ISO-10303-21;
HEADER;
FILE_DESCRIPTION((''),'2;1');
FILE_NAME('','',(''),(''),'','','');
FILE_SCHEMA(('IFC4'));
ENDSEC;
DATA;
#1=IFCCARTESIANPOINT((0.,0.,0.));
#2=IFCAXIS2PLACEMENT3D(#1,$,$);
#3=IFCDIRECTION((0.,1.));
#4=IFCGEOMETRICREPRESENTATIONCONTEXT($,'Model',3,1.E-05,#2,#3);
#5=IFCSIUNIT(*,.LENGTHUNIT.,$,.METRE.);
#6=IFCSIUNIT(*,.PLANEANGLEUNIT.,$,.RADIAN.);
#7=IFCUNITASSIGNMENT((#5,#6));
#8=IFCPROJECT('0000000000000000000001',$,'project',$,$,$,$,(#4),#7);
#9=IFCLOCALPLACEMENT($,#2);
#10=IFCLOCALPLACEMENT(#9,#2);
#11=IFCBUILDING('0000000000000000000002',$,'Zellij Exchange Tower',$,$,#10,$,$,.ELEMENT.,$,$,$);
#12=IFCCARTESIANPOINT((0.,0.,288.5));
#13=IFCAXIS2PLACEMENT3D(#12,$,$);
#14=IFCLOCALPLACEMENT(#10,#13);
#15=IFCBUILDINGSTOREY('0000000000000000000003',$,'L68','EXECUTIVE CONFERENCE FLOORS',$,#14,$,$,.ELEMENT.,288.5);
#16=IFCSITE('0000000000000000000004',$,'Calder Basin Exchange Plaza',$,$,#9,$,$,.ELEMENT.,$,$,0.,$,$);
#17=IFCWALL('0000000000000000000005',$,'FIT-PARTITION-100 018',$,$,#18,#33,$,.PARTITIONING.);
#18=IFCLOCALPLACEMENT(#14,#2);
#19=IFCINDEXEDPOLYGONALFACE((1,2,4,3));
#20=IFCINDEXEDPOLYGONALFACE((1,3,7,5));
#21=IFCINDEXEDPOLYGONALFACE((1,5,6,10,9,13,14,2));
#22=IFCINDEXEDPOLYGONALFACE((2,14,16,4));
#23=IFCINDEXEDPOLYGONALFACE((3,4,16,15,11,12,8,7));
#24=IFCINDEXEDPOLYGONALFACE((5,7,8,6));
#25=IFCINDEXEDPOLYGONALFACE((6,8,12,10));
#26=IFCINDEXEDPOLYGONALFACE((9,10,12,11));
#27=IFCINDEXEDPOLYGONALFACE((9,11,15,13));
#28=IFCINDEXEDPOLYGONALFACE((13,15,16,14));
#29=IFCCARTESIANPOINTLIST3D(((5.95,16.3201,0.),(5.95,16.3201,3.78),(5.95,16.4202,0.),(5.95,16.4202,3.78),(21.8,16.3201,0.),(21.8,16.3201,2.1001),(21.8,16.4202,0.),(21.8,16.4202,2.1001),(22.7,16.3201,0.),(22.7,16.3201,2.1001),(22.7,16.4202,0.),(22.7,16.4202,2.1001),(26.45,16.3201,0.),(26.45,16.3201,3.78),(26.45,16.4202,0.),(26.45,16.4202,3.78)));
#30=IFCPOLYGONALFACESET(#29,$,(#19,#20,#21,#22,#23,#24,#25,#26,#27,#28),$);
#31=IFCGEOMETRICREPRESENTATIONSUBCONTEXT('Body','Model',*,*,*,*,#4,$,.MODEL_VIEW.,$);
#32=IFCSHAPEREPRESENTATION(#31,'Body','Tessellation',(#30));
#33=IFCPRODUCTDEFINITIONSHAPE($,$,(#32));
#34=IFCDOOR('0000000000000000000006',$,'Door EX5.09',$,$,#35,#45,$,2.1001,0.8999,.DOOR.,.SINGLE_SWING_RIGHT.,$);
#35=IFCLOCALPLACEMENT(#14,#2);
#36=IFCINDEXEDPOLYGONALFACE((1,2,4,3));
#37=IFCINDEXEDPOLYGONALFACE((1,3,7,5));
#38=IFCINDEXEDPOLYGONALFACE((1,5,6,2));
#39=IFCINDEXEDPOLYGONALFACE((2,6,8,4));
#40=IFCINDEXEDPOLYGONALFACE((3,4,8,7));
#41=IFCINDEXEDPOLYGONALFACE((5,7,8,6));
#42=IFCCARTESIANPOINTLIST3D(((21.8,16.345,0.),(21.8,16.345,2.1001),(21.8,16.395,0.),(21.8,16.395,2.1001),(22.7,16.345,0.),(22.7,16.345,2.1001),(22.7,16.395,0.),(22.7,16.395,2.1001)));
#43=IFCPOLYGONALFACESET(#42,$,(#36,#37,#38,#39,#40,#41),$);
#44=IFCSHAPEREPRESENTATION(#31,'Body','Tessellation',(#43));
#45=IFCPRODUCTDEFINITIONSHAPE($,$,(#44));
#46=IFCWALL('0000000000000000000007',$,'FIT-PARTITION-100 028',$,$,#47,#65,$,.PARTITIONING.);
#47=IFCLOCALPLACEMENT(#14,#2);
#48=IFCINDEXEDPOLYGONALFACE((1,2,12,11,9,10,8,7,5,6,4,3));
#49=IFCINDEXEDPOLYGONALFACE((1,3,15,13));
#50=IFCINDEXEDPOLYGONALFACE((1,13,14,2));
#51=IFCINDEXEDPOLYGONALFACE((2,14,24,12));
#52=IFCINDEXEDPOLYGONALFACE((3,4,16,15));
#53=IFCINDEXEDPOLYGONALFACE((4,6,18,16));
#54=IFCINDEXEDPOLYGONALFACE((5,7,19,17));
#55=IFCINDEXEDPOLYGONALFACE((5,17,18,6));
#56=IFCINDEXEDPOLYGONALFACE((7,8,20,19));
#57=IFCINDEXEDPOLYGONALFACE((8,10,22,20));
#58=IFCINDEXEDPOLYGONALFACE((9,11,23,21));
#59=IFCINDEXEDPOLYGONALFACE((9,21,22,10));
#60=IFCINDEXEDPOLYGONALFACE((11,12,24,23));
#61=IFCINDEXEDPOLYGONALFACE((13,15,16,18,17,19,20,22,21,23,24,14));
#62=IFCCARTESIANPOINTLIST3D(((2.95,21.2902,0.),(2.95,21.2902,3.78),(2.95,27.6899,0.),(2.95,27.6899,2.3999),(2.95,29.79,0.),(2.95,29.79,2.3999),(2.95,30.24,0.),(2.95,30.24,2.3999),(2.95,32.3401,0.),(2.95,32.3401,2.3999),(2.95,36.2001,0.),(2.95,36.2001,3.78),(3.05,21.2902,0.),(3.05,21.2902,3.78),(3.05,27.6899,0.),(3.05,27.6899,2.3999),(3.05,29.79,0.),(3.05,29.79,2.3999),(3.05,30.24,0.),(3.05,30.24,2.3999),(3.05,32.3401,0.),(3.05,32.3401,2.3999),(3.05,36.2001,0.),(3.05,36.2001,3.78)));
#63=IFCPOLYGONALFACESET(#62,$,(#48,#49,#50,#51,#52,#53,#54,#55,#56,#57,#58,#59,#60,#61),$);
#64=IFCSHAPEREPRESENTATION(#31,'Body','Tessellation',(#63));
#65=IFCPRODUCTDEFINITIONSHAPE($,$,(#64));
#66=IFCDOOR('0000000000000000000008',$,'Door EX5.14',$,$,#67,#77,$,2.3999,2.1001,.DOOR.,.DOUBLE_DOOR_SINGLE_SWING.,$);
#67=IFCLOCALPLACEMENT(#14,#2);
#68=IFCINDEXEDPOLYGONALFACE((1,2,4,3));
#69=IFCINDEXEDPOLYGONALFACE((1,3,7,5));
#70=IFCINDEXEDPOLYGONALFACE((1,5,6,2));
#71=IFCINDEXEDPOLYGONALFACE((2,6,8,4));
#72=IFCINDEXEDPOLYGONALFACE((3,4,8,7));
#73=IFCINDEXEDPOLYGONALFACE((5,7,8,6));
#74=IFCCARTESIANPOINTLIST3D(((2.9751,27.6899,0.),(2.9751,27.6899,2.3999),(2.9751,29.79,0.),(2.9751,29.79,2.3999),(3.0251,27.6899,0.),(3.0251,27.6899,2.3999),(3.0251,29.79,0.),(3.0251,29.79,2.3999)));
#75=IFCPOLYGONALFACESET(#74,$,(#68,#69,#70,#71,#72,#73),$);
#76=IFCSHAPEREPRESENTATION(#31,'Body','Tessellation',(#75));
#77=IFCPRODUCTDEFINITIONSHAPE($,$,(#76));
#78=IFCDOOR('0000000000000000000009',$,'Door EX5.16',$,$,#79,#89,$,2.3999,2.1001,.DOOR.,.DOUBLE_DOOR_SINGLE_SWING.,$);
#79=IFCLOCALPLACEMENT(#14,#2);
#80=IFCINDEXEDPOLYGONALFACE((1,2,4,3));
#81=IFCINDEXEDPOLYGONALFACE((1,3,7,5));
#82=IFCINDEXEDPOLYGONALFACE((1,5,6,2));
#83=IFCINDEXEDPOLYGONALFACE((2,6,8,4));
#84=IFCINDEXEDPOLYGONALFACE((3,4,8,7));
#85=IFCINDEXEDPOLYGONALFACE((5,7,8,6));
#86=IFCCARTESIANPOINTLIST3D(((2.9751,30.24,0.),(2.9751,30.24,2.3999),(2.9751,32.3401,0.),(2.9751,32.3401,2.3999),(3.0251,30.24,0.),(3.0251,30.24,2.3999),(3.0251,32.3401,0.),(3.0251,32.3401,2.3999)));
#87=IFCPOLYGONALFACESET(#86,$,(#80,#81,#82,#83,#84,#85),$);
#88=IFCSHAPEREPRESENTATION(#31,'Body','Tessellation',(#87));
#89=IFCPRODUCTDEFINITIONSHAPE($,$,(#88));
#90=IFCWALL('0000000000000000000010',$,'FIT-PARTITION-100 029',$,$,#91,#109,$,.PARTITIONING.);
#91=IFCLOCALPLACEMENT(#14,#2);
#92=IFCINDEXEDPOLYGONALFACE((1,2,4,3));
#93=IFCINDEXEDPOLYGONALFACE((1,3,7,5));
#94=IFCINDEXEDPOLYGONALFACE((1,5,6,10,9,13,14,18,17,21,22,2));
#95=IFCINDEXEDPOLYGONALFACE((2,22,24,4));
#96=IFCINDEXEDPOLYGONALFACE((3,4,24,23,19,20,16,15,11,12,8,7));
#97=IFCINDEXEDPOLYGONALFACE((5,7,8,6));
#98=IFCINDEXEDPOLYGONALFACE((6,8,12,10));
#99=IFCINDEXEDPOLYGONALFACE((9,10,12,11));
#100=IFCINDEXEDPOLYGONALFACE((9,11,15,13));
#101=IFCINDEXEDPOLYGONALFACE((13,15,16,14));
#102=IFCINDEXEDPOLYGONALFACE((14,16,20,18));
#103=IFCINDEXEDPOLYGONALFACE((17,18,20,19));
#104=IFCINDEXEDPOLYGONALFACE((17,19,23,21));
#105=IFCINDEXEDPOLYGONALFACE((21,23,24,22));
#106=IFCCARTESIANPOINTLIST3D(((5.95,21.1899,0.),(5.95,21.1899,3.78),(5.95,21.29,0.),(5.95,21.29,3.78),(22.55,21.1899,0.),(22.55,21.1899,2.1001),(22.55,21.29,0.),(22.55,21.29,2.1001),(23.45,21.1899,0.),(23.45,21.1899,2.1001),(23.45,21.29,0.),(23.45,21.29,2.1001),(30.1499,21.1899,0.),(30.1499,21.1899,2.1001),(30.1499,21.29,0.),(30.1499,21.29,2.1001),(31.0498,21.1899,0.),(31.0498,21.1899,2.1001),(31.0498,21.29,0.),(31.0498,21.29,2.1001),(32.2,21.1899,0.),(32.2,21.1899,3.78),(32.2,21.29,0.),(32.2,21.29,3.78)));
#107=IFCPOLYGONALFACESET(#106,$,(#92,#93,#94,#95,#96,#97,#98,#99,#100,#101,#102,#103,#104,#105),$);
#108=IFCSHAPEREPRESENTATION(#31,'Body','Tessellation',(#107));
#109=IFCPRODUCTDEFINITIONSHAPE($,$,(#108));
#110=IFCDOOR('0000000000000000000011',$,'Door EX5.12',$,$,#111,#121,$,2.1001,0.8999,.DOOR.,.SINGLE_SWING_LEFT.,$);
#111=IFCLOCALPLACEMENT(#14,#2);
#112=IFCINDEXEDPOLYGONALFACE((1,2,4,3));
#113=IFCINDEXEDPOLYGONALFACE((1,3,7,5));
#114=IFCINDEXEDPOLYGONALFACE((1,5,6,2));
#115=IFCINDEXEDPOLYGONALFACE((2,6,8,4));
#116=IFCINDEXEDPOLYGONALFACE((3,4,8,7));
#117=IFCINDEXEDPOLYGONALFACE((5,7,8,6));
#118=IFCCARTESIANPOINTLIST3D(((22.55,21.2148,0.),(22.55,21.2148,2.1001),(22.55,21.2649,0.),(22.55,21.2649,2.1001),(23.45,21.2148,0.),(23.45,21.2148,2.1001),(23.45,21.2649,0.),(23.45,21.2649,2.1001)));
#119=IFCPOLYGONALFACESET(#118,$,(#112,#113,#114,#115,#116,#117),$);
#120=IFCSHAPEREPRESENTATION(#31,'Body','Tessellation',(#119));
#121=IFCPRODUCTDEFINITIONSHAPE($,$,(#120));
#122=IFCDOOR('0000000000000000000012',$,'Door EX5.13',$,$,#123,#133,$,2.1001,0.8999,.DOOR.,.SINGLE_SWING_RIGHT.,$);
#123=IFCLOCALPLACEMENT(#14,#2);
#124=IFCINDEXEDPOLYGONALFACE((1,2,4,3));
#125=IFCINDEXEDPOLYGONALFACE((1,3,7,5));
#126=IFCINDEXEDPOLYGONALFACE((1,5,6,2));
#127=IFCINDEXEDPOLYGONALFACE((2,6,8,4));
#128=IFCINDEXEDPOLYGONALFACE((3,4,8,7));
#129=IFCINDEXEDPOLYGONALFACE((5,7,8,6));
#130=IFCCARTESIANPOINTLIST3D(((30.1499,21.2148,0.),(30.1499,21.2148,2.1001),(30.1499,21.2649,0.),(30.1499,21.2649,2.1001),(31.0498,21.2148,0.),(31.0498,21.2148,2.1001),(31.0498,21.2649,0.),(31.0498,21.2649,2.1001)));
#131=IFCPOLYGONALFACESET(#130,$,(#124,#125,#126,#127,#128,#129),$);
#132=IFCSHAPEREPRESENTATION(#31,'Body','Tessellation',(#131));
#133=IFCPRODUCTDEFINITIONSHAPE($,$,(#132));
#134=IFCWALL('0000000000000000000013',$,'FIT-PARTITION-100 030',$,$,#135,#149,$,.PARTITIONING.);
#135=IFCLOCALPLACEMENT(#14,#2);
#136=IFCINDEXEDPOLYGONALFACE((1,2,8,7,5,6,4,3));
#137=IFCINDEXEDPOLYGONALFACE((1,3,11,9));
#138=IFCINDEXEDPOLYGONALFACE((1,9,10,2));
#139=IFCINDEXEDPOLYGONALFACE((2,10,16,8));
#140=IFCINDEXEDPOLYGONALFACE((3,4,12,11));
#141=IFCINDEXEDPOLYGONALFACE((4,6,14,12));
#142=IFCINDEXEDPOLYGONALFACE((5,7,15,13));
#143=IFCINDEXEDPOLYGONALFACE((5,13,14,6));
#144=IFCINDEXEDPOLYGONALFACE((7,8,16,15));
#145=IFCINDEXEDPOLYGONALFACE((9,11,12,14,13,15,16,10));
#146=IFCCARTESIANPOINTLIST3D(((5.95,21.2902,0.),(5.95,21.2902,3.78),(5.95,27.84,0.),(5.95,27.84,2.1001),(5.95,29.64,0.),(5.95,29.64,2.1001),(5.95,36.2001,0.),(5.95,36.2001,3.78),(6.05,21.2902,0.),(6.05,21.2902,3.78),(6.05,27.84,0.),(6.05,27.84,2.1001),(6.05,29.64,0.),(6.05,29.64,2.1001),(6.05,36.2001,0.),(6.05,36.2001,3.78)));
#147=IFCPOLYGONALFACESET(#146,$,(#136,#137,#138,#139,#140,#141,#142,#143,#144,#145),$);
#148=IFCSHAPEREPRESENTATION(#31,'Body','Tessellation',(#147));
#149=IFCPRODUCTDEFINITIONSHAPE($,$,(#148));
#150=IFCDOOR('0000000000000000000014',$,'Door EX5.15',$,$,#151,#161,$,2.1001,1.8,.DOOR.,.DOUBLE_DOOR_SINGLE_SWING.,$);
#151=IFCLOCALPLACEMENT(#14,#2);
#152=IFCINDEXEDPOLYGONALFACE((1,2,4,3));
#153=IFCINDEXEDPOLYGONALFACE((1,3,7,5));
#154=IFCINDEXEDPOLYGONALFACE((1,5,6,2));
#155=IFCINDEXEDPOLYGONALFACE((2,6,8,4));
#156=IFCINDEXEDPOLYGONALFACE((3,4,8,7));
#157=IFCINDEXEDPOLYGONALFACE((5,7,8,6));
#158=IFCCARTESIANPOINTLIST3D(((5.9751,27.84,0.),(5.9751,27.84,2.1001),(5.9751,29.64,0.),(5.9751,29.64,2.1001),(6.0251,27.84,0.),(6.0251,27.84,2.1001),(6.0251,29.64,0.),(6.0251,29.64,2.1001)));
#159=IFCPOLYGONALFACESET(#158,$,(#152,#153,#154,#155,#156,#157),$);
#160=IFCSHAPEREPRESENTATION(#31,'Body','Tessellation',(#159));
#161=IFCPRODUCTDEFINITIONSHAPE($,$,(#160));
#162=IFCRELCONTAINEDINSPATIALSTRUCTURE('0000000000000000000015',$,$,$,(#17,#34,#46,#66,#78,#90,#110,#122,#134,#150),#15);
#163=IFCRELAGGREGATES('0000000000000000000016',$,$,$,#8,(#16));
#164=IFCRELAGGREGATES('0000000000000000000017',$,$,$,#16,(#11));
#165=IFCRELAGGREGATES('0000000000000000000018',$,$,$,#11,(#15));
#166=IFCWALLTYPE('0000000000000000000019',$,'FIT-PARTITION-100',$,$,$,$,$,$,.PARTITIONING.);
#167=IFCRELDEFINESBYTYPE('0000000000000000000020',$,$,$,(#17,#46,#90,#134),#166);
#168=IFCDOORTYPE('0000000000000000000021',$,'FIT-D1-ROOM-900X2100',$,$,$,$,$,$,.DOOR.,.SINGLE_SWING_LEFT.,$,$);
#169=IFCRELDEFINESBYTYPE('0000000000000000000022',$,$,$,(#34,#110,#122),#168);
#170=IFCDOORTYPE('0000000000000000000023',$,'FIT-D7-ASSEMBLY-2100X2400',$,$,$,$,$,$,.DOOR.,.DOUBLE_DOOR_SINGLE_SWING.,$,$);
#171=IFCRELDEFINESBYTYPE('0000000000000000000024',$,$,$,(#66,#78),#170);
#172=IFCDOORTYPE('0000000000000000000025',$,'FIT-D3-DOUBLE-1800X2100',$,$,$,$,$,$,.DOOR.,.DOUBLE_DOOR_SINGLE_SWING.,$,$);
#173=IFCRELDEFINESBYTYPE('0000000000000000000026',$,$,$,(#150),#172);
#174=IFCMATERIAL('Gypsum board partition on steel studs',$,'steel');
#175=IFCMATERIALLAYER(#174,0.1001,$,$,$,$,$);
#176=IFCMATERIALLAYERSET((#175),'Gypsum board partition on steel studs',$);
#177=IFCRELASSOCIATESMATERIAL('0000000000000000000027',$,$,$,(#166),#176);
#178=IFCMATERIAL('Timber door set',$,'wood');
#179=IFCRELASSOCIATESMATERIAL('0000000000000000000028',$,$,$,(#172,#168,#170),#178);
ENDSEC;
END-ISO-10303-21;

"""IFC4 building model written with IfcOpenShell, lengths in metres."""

from ifc_helpers import new_model, si_unit, direction, frame, frame_2d, origin, place, context, subcontext, project, spatial, rectangle, extrude, material, layer, layer_set, type_object, element, fill, save


model = new_model("IFC4")

# Units and contexts
model_context = context("Model", 3, precision=1e-05, world=origin(), true_north=direction((0.0, 1.0)))
body_context = subcontext(model_context, "Body", "Model", "MODEL_VIEW")
ifc_project = project(units=[si_unit("LENGTHUNIT", "METRE"), si_unit("PLANEANGLEUNIT", "RADIAN")], contexts=[model_context])

# Site, building, storey
site_placement = place(None, origin())
site = spatial("IfcSite", under=ifc_project, at=site_placement, Name="Calder Basin Exchange Plaza", CompositionType="ELEMENT", RefElevation=0.0)
building_placement = place(site_placement, origin())
building = spatial("IfcBuilding", under=site, at=building_placement, Name="Zellij Exchange Tower", CompositionType="ELEMENT")
storey_placement = place(building_placement, frame((0.0, 0.0, 288.5)))
storey = spatial("IfcBuildingStorey", under=building, at=storey_placement, Name="L68", Description="EXECUTIVE CONFERENCE FLOORS", CompositionType="ELEMENT", Elevation=288.5)

# Shared definitions
ifc_material_1 = material(Name="Gypsum board partition on steel studs", Category="steel")
ifc_layer_1 = layer(ifc_material_1, 0.1001)
ifc_layer_set_1 = layer_set([ifc_layer_1], Name="Gypsum board partition on steel studs")
wall_type = type_object("IfcWallType", Name="FIT-PARTITION-100", PredefinedType="PARTITIONING", material=ifc_layer_set_1)

# Shared definitions
ifc_material_2 = material(Name="Timber door set", Category="wood")
door_type_1 = type_object("IfcDoorType", Name="FIT-D3-DOUBLE-1800X2100", OperationType="DOUBLE_DOOR_SINGLE_SWING", PredefinedType="DOOR", material=ifc_material_2)

# Wall, opening, door
wall_1_placement = place(storey_placement, frame((5.95, 16.3701, 0.0), z_axis=(0.0, 0.0, 1.0), x_axis=(1.0, 0.0, 0.0)))
wall_1 = element("IfcWall", 1, at=wall_1_placement, inside=storey, type_object=wall_type, Name="FIT-PARTITION-100 018", PredefinedType="PARTITIONING", context=body_context, shape_type="SweptSolid", body=[
    extrude(rectangle(XDim=20.5, YDim=0.1001, at=frame_2d((10.25, 0.0))), origin(), (0.0, 0.0, 1.0), 3.78),
])
opening_1_placement = place(wall_1_placement, frame((15.8501, 0.0, 0.0)))
opening_1 = element("IfcOpeningElement", 2, at=opening_1_placement, cuts=wall_1, PredefinedType="OPENING", context=body_context, shape_type="SweptSolid", body=[
    extrude(rectangle(XDim=0.8999, YDim=2.1001, at=frame_2d((0.45, 1.05))), frame((0.0, 0.062, 0.0), z_axis=(0.0, -1.0, 0.0), x_axis=(1.0, 0.0, 0.0)), (0.0, 0.0, 1.0), 0.124),
])
door_type_2 = type_object("IfcDoorType", Name="FIT-D1-ROOM-900X2100", OperationType="SINGLE_SWING_LEFT", PredefinedType="DOOR", material=ifc_material_2)
door_1_placement = place(opening_1_placement, origin())
door_1 = element("IfcDoor", 3, at=door_1_placement, inside=storey, type_object=door_type_2, Name="Door EX5.09", OperationType="SINGLE_SWING_RIGHT", OverallHeight=2.1001, OverallWidth=0.8999, PredefinedType="DOOR", context=body_context, shape_type="SweptSolid", body=[
    extrude(rectangle(XDim=0.8999, YDim=2.1001, at=frame_2d((0.45, 1.05))), frame((0.0, 0.0249, 0.0), z_axis=(0.0, -1.0, 0.0), x_axis=(1.0, 0.0, 0.0)), (0.0, 0.0, 1.0), 0.05),
])
fill(opening_1, door_1)

# Walls, openings, doors
wall_2_placement = place(storey_placement, frame((3.0, 21.29, 0.0), z_axis=(0.0, 0.0, 1.0), x_axis=(0.0, 1.0, 0.0)))
wall_2 = element("IfcWall", 4, at=wall_2_placement, inside=storey, type_object=wall_type, Name="FIT-PARTITION-100 028", PredefinedType="PARTITIONING", context=body_context, shape_type="SweptSolid", body=[
    extrude(rectangle(XDim=14.9099, YDim=0.1001, at=frame_2d((7.4551, 0.0))), origin(), (0.0, 0.0, 1.0), 3.78),
])
opening_2_placement = place(wall_2_placement, frame((6.3999, 0.0, 0.0)))
opening_2 = element("IfcOpeningElement", 5, at=opening_2_placement, cuts=wall_2, PredefinedType="OPENING", context=body_context, shape_type="SweptSolid", body=[
    extrude(rectangle(XDim=2.1001, YDim=2.3999, at=frame_2d((1.05, 1.2))), frame((0.0, 0.062, 0.0), z_axis=(0.0, -1.0, 0.0), x_axis=(1.0, 0.0, 0.0)), (0.0, 0.0, 1.0), 0.124),
])
opening_3_placement = place(wall_2_placement, frame((8.95, 0.0, 0.0)))
opening_3 = element("IfcOpeningElement", 6, at=opening_3_placement, cuts=wall_2, PredefinedType="OPENING", context=body_context, shape_type="SweptSolid", body=[
    extrude(rectangle(XDim=2.1001, YDim=2.3999, at=frame_2d((1.05, 1.2))), frame((0.0, 0.062, 0.0), z_axis=(0.0, -1.0, 0.0), x_axis=(1.0, 0.0, 0.0)), (0.0, 0.0, 1.0), 0.124),
])
door_type_3 = type_object("IfcDoorType", Name="FIT-D7-ASSEMBLY-2100X2400", OperationType="DOUBLE_DOOR_SINGLE_SWING", PredefinedType="DOOR", material=ifc_material_2)
door_2_placement = place(opening_2_placement, origin())
door_2 = element("IfcDoor", 7, at=door_2_placement, inside=storey, type_object=door_type_3, Name="Door EX5.14", OperationType="DOUBLE_DOOR_SINGLE_SWING", OverallHeight=2.3999, OverallWidth=2.1001, PredefinedType="DOOR", context=body_context, shape_type="SweptSolid", body=[
    extrude(rectangle(XDim=2.1001, YDim=2.3999, at=frame_2d((1.05, 1.2))), frame((0.0, 0.0249, 0.0), z_axis=(0.0, -1.0, 0.0), x_axis=(1.0, 0.0, 0.0)), (0.0, 0.0, 1.0), 0.05),
])
fill(opening_2, door_2)
door_3_placement = place(opening_3_placement, origin())
door_3 = element("IfcDoor", 8, at=door_3_placement, inside=storey, type_object=door_type_3, Name="Door EX5.16", OperationType="DOUBLE_DOOR_SINGLE_SWING", OverallHeight=2.3999, OverallWidth=2.1001, PredefinedType="DOOR", context=body_context, shape_type="SweptSolid", body=[
    extrude(rectangle(XDim=2.1001, YDim=2.3999, at=frame_2d((1.05, 1.2))), frame((0.0, 0.0249, 0.0), z_axis=(0.0, -1.0, 0.0), x_axis=(1.0, 0.0, 0.0)), (0.0, 0.0, 1.0), 0.05),
])
fill(opening_3, door_3)
wall_3_placement = place(storey_placement, frame((5.95, 21.24, 0.0), z_axis=(0.0, 0.0, 1.0), x_axis=(1.0, 0.0, 0.0)))
wall_3 = element("IfcWall", 9, at=wall_3_placement, inside=storey, type_object=wall_type, Name="FIT-PARTITION-100 029", PredefinedType="PARTITIONING", context=body_context, shape_type="SweptSolid", body=[
    extrude(rectangle(XDim=26.25, YDim=0.1001, at=frame_2d((13.125, 0.0))), origin(), (0.0, 0.0, 1.0), 3.78),
])
opening_4_placement = place(wall_3_placement, frame((16.6001, 0.0, 0.0)))
opening_4 = element("IfcOpeningElement", 10, at=opening_4_placement, cuts=wall_3, PredefinedType="OPENING", context=body_context, shape_type="SweptSolid", body=[
    extrude(rectangle(XDim=0.8999, YDim=2.1001, at=frame_2d((0.45, 1.05))), frame((0.0, 0.062, 0.0), z_axis=(0.0, -1.0, 0.0), x_axis=(1.0, 0.0, 0.0)), (0.0, 0.0, 1.0), 0.124),
])
opening_5_placement = place(wall_3_placement, frame((24.2, 0.0, 0.0)))
opening_5 = element("IfcOpeningElement", 11, at=opening_5_placement, cuts=wall_3, PredefinedType="OPENING", context=body_context, shape_type="SweptSolid", body=[
    extrude(rectangle(XDim=0.8999, YDim=2.1001, at=frame_2d((0.45, 1.05))), frame((0.0, 0.062, 0.0), z_axis=(0.0, -1.0, 0.0), x_axis=(1.0, 0.0, 0.0)), (0.0, 0.0, 1.0), 0.124),
])
door_4_placement = place(opening_4_placement, origin())
door_4 = element("IfcDoor", 12, at=door_4_placement, inside=storey, type_object=door_type_2, Name="Door EX5.12", OperationType="SINGLE_SWING_LEFT", OverallHeight=2.1001, OverallWidth=0.8999, PredefinedType="DOOR", context=body_context, shape_type="SweptSolid", body=[
    extrude(rectangle(XDim=0.8999, YDim=2.1001, at=frame_2d((0.45, 1.05))), frame((0.0, 0.0249, 0.0), z_axis=(0.0, -1.0, 0.0), x_axis=(1.0, 0.0, 0.0)), (0.0, 0.0, 1.0), 0.05),
])
fill(opening_4, door_4)
door_5_placement = place(opening_5_placement, origin())
door_5 = element("IfcDoor", 13, at=door_5_placement, inside=storey, type_object=door_type_2, Name="Door EX5.13", OperationType="SINGLE_SWING_RIGHT", OverallHeight=2.1001, OverallWidth=0.8999, PredefinedType="DOOR", context=body_context, shape_type="SweptSolid", body=[
    extrude(rectangle(XDim=0.8999, YDim=2.1001, at=frame_2d((0.45, 1.05))), frame((0.0, 0.0249, 0.0), z_axis=(0.0, -1.0, 0.0), x_axis=(1.0, 0.0, 0.0)), (0.0, 0.0, 1.0), 0.05),
])
fill(opening_5, door_5)

# Wall, opening, door
wall_4_placement = place(storey_placement, frame((6.0, 21.29, 0.0), z_axis=(0.0, 0.0, 1.0), x_axis=(0.0, 1.0, 0.0)))
wall_4 = element("IfcWall", 14, at=wall_4_placement, inside=storey, type_object=wall_type, Name="FIT-PARTITION-100 030", PredefinedType="PARTITIONING", context=body_context, shape_type="SweptSolid", body=[
    extrude(rectangle(XDim=14.9099, YDim=0.1001, at=frame_2d((7.4551, 0.0))), origin(), (0.0, 0.0, 1.0), 3.78),
])
opening_6_placement = place(wall_4_placement, frame((6.55, 0.0, 0.0)))
opening_6 = element("IfcOpeningElement", 15, at=opening_6_placement, cuts=wall_4, PredefinedType="OPENING", context=body_context, shape_type="SweptSolid", body=[
    extrude(rectangle(XDim=1.8, YDim=2.1001, at=frame_2d((0.8999, 1.05))), frame((0.0, 0.062, 0.0), z_axis=(0.0, -1.0, 0.0), x_axis=(1.0, 0.0, 0.0)), (0.0, 0.0, 1.0), 0.124),
])
door_6_placement = place(opening_6_placement, origin())
door_6 = element("IfcDoor", 16, at=door_6_placement, inside=storey, type_object=door_type_1, Name="Door EX5.15", OperationType="DOUBLE_DOOR_SINGLE_SWING", OverallHeight=2.1001, OverallWidth=1.8, PredefinedType="DOOR", context=body_context, shape_type="SweptSolid", body=[
    extrude(rectangle(XDim=1.8, YDim=2.1001, at=frame_2d((0.8999, 1.05))), frame((0.0, 0.0249, 0.0), z_axis=(0.0, -1.0, 0.0), x_axis=(1.0, 0.0, 0.0)), (0.0, 0.0, 1.0), 0.05),
])
fill(opening_6, door_6)

save(model, "model.ifc")
